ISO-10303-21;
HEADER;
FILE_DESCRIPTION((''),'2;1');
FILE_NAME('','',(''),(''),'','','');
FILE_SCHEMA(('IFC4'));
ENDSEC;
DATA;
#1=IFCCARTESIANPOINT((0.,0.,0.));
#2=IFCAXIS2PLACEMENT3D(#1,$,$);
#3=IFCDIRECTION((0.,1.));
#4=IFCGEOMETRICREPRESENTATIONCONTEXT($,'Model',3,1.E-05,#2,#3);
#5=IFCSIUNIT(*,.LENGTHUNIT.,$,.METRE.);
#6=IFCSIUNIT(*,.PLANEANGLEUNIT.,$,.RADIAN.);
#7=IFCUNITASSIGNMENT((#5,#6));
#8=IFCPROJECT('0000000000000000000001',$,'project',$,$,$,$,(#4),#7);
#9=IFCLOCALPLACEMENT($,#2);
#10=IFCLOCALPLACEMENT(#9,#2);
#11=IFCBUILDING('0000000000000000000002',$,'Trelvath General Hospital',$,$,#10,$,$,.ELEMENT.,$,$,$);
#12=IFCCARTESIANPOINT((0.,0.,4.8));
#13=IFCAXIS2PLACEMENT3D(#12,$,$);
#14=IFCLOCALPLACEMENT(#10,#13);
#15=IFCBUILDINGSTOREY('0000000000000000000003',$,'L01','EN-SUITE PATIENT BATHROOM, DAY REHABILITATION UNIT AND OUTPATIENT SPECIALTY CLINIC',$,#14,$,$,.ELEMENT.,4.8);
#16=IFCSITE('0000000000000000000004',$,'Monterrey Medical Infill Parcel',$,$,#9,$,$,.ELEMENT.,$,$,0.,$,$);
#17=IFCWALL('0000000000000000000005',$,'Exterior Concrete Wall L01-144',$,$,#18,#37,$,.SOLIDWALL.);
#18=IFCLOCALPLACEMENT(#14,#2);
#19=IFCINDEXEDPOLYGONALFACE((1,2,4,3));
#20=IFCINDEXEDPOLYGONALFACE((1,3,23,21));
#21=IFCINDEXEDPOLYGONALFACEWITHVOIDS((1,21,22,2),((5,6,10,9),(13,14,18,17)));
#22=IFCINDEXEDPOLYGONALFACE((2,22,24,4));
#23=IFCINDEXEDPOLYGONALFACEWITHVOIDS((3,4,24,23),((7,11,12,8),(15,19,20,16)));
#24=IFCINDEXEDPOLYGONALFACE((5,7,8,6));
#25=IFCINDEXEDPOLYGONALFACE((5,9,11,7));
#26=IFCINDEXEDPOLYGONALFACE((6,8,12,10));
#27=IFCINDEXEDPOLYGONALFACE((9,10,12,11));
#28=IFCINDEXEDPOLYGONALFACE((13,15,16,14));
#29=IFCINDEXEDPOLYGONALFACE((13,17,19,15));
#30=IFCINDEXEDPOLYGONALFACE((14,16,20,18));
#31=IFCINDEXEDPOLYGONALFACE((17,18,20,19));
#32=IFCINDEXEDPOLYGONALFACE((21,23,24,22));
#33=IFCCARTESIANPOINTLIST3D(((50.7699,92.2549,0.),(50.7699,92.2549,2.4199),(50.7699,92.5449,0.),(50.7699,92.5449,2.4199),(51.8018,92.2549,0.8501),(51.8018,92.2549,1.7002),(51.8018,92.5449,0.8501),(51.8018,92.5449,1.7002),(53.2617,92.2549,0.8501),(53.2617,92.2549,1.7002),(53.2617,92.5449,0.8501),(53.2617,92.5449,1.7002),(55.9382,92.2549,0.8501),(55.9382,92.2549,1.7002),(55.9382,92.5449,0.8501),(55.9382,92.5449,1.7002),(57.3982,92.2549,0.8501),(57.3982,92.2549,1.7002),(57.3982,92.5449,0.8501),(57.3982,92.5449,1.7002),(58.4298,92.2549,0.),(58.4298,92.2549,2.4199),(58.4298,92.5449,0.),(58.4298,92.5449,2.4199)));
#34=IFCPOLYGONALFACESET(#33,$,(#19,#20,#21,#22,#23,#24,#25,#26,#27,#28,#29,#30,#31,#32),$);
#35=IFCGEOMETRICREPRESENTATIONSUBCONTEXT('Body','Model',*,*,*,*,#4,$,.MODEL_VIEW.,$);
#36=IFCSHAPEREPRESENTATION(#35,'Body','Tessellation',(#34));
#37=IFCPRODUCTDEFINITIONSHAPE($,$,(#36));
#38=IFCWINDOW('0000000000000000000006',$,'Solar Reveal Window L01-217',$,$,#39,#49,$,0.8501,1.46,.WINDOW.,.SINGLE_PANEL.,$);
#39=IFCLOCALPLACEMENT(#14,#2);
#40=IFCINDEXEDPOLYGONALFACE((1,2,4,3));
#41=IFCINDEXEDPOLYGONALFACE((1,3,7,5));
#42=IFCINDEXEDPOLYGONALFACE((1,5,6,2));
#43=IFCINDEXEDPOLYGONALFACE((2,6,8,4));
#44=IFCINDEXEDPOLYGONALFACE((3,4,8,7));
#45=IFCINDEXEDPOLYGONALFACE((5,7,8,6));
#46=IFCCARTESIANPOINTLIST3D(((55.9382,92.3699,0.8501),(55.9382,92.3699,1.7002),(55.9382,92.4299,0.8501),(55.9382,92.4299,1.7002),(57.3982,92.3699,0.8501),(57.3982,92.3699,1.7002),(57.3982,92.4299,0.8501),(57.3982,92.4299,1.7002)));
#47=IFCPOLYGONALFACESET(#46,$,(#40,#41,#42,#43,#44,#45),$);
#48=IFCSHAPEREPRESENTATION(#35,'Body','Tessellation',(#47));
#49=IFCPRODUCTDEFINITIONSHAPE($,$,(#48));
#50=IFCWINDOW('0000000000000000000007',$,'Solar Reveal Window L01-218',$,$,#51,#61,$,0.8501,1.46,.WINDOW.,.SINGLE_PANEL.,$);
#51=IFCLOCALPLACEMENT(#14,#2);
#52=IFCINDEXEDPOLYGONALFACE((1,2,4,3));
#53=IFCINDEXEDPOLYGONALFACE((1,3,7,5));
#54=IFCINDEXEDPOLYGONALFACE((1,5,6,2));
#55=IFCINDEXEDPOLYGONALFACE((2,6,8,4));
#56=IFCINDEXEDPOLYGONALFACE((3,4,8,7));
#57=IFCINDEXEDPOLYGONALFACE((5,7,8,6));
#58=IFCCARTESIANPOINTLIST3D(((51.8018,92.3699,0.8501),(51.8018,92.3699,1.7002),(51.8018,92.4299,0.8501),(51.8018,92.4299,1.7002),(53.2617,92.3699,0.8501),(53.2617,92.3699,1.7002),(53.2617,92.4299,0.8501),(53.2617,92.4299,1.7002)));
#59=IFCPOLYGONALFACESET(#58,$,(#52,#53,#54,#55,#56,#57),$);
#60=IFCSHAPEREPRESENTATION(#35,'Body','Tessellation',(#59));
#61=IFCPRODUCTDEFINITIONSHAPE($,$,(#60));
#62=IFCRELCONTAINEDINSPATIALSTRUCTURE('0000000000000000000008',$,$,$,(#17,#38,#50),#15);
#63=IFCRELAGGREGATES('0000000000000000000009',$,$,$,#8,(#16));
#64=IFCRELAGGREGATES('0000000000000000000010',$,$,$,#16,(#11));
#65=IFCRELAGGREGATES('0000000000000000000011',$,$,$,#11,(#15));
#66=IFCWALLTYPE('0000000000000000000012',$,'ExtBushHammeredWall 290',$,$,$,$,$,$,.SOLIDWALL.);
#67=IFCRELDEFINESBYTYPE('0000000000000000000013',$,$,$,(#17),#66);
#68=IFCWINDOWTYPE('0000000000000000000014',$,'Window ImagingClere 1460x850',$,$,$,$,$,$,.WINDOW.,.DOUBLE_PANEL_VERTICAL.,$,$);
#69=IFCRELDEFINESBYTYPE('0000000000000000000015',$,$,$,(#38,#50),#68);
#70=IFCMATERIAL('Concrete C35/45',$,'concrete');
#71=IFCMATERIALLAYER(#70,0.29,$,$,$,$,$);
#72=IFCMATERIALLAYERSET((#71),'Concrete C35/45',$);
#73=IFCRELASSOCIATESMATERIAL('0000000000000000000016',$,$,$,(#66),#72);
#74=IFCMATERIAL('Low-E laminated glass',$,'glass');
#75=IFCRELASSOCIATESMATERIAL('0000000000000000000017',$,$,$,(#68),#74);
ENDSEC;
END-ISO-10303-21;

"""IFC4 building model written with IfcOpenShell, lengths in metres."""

from ifc_helpers import new_model, si_unit, direction, frame, frame_2d, origin, place, context, subcontext, project, spatial, rectangle, extrude, material, layer, layer_set, type_object, element, fill, save


model = new_model("IFC4")

# Units and contexts
model_context = context("Model", 3, precision=1e-05, world=origin(), true_north=direction((0.0, 1.0)))
body_context = subcontext(model_context, "Body", "Model", "MODEL_VIEW")
ifc_project = project(units=[si_unit("LENGTHUNIT", "METRE"), si_unit("PLANEANGLEUNIT", "RADIAN")], contexts=[model_context])

# Site, building, storey
site_placement = place(None, origin())
site = spatial("IfcSite", under=ifc_project, at=site_placement, Name="Monterrey Medical Infill Parcel", CompositionType="ELEMENT", RefElevation=0.0)
building_placement = place(site_placement, origin())
building = spatial("IfcBuilding", under=site, at=building_placement, Name="Trelvath General Hospital", CompositionType="ELEMENT")
storey_placement = place(building_placement, frame((0.0, 0.0, 4.8)))
storey = spatial("IfcBuildingStorey", under=building, at=storey_placement, Name="L01", Description="EN-SUITE PATIENT BATHROOM, DAY REHABILITATION UNIT AND OUTPATIENT SPECIALTY CLINIC", CompositionType="ELEMENT", Elevation=4.8)

# Wall, openings, windows
ifc_material_1 = material(Name="Concrete C35/45", Category="concrete")
ifc_layer_1 = layer(ifc_material_1, 0.29)
ifc_layer_set_1 = layer_set([ifc_layer_1], Name="Concrete C35/45")
wall_type_1 = type_object("IfcWallType", Name="ExtBushHammeredWall 290", PredefinedType="SOLIDWALL", material=ifc_layer_set_1)
wall_1_placement = place(storey_placement, frame((58.4299, 92.3999, 0.0), z_axis=(0.0, 0.0, 1.0), x_axis=(-1.0, 0.0, 0.0)))
wall_1 = element("IfcWall", 1, at=wall_1_placement, inside=storey, type_object=wall_type_1, Name="Exterior Concrete Wall L01-144", PredefinedType="SOLIDWALL", context=body_context, shape_type="SweptSolid", body=[
    extrude(rectangle(XDim=7.6599, YDim=0.29, at=frame_2d((3.8301, 0.0))), origin(), (0.0, 0.0, 1.0), 2.4199),
])
opening_1_placement = place(wall_1_placement, frame((1.0317, 0.0, 0.8501)))
opening_1 = element("IfcOpeningElement", 2, at=opening_1_placement, cuts=wall_1, PredefinedType="OPENING", context=body_context, shape_type="SweptSolid", body=[
    extrude(rectangle(XDim=1.46, YDim=0.8501, at=frame_2d((0.73, 0.425))), frame((0.0, 0.155, 0.0), z_axis=(0.0, -1.0, 0.0), x_axis=(1.0, 0.0, 0.0)), (0.0, 0.0, 1.0), 0.3101),
])
opening_2_placement = place(wall_1_placement, frame((5.1682, 0.0, 0.8501)))
opening_2 = element("IfcOpeningElement", 3, at=opening_2_placement, cuts=wall_1, PredefinedType="OPENING", context=body_context, shape_type="SweptSolid", body=[
    extrude(rectangle(XDim=1.46, YDim=0.8501, at=frame_2d((0.73, 0.425))), frame((0.0, 0.155, 0.0), z_axis=(0.0, -1.0, 0.0), x_axis=(1.0, 0.0, 0.0)), (0.0, 0.0, 1.0), 0.3101),
])
ifc_material_2 = material(Name="Low-E laminated glass", Category="glass")
window_type = type_object("IfcWindowType", Name="Window ImagingClere 1460x850", PartitioningType="DOUBLE_PANEL_VERTICAL", PredefinedType="WINDOW", material=ifc_material_2)
window_1_placement = place(opening_1_placement, origin())
window_1 = element("IfcWindow", 4, at=window_1_placement, inside=storey, type_object=window_type, Name="Solar Reveal Window L01-217", OverallHeight=0.8501, OverallWidth=1.46, PartitioningType="SINGLE_PANEL", PredefinedType="WINDOW", context=body_context, shape_type="SweptSolid", body=[
    extrude(rectangle(XDim=1.46, YDim=0.8501, at=frame_2d((0.73, 0.425))), frame((0.0, 0.03, 0.0), z_axis=(0.0, -1.0, 0.0), x_axis=(1.0, 0.0, 0.0)), (0.0, 0.0, 1.0), 0.0601),
])
fill(opening_1, window_1)
window_2_placement = place(opening_2_placement, origin())
window_2 = element("IfcWindow", 5, at=window_2_placement, inside=storey, type_object=window_type, Name="Solar Reveal Window L01-218", OverallHeight=0.8501, OverallWidth=1.46, PartitioningType="SINGLE_PANEL", PredefinedType="WINDOW", context=body_context, shape_type="SweptSolid", body=[
    extrude(rectangle(XDim=1.46, YDim=0.8501, at=frame_2d((0.73, 0.425))), frame((0.0, 0.03, 0.0), z_axis=(0.0, -1.0, 0.0), x_axis=(1.0, 0.0, 0.0)), (0.0, 0.0, 1.0), 0.0601),
])
fill(opening_2, window_2)

save(model, "model.ifc")
